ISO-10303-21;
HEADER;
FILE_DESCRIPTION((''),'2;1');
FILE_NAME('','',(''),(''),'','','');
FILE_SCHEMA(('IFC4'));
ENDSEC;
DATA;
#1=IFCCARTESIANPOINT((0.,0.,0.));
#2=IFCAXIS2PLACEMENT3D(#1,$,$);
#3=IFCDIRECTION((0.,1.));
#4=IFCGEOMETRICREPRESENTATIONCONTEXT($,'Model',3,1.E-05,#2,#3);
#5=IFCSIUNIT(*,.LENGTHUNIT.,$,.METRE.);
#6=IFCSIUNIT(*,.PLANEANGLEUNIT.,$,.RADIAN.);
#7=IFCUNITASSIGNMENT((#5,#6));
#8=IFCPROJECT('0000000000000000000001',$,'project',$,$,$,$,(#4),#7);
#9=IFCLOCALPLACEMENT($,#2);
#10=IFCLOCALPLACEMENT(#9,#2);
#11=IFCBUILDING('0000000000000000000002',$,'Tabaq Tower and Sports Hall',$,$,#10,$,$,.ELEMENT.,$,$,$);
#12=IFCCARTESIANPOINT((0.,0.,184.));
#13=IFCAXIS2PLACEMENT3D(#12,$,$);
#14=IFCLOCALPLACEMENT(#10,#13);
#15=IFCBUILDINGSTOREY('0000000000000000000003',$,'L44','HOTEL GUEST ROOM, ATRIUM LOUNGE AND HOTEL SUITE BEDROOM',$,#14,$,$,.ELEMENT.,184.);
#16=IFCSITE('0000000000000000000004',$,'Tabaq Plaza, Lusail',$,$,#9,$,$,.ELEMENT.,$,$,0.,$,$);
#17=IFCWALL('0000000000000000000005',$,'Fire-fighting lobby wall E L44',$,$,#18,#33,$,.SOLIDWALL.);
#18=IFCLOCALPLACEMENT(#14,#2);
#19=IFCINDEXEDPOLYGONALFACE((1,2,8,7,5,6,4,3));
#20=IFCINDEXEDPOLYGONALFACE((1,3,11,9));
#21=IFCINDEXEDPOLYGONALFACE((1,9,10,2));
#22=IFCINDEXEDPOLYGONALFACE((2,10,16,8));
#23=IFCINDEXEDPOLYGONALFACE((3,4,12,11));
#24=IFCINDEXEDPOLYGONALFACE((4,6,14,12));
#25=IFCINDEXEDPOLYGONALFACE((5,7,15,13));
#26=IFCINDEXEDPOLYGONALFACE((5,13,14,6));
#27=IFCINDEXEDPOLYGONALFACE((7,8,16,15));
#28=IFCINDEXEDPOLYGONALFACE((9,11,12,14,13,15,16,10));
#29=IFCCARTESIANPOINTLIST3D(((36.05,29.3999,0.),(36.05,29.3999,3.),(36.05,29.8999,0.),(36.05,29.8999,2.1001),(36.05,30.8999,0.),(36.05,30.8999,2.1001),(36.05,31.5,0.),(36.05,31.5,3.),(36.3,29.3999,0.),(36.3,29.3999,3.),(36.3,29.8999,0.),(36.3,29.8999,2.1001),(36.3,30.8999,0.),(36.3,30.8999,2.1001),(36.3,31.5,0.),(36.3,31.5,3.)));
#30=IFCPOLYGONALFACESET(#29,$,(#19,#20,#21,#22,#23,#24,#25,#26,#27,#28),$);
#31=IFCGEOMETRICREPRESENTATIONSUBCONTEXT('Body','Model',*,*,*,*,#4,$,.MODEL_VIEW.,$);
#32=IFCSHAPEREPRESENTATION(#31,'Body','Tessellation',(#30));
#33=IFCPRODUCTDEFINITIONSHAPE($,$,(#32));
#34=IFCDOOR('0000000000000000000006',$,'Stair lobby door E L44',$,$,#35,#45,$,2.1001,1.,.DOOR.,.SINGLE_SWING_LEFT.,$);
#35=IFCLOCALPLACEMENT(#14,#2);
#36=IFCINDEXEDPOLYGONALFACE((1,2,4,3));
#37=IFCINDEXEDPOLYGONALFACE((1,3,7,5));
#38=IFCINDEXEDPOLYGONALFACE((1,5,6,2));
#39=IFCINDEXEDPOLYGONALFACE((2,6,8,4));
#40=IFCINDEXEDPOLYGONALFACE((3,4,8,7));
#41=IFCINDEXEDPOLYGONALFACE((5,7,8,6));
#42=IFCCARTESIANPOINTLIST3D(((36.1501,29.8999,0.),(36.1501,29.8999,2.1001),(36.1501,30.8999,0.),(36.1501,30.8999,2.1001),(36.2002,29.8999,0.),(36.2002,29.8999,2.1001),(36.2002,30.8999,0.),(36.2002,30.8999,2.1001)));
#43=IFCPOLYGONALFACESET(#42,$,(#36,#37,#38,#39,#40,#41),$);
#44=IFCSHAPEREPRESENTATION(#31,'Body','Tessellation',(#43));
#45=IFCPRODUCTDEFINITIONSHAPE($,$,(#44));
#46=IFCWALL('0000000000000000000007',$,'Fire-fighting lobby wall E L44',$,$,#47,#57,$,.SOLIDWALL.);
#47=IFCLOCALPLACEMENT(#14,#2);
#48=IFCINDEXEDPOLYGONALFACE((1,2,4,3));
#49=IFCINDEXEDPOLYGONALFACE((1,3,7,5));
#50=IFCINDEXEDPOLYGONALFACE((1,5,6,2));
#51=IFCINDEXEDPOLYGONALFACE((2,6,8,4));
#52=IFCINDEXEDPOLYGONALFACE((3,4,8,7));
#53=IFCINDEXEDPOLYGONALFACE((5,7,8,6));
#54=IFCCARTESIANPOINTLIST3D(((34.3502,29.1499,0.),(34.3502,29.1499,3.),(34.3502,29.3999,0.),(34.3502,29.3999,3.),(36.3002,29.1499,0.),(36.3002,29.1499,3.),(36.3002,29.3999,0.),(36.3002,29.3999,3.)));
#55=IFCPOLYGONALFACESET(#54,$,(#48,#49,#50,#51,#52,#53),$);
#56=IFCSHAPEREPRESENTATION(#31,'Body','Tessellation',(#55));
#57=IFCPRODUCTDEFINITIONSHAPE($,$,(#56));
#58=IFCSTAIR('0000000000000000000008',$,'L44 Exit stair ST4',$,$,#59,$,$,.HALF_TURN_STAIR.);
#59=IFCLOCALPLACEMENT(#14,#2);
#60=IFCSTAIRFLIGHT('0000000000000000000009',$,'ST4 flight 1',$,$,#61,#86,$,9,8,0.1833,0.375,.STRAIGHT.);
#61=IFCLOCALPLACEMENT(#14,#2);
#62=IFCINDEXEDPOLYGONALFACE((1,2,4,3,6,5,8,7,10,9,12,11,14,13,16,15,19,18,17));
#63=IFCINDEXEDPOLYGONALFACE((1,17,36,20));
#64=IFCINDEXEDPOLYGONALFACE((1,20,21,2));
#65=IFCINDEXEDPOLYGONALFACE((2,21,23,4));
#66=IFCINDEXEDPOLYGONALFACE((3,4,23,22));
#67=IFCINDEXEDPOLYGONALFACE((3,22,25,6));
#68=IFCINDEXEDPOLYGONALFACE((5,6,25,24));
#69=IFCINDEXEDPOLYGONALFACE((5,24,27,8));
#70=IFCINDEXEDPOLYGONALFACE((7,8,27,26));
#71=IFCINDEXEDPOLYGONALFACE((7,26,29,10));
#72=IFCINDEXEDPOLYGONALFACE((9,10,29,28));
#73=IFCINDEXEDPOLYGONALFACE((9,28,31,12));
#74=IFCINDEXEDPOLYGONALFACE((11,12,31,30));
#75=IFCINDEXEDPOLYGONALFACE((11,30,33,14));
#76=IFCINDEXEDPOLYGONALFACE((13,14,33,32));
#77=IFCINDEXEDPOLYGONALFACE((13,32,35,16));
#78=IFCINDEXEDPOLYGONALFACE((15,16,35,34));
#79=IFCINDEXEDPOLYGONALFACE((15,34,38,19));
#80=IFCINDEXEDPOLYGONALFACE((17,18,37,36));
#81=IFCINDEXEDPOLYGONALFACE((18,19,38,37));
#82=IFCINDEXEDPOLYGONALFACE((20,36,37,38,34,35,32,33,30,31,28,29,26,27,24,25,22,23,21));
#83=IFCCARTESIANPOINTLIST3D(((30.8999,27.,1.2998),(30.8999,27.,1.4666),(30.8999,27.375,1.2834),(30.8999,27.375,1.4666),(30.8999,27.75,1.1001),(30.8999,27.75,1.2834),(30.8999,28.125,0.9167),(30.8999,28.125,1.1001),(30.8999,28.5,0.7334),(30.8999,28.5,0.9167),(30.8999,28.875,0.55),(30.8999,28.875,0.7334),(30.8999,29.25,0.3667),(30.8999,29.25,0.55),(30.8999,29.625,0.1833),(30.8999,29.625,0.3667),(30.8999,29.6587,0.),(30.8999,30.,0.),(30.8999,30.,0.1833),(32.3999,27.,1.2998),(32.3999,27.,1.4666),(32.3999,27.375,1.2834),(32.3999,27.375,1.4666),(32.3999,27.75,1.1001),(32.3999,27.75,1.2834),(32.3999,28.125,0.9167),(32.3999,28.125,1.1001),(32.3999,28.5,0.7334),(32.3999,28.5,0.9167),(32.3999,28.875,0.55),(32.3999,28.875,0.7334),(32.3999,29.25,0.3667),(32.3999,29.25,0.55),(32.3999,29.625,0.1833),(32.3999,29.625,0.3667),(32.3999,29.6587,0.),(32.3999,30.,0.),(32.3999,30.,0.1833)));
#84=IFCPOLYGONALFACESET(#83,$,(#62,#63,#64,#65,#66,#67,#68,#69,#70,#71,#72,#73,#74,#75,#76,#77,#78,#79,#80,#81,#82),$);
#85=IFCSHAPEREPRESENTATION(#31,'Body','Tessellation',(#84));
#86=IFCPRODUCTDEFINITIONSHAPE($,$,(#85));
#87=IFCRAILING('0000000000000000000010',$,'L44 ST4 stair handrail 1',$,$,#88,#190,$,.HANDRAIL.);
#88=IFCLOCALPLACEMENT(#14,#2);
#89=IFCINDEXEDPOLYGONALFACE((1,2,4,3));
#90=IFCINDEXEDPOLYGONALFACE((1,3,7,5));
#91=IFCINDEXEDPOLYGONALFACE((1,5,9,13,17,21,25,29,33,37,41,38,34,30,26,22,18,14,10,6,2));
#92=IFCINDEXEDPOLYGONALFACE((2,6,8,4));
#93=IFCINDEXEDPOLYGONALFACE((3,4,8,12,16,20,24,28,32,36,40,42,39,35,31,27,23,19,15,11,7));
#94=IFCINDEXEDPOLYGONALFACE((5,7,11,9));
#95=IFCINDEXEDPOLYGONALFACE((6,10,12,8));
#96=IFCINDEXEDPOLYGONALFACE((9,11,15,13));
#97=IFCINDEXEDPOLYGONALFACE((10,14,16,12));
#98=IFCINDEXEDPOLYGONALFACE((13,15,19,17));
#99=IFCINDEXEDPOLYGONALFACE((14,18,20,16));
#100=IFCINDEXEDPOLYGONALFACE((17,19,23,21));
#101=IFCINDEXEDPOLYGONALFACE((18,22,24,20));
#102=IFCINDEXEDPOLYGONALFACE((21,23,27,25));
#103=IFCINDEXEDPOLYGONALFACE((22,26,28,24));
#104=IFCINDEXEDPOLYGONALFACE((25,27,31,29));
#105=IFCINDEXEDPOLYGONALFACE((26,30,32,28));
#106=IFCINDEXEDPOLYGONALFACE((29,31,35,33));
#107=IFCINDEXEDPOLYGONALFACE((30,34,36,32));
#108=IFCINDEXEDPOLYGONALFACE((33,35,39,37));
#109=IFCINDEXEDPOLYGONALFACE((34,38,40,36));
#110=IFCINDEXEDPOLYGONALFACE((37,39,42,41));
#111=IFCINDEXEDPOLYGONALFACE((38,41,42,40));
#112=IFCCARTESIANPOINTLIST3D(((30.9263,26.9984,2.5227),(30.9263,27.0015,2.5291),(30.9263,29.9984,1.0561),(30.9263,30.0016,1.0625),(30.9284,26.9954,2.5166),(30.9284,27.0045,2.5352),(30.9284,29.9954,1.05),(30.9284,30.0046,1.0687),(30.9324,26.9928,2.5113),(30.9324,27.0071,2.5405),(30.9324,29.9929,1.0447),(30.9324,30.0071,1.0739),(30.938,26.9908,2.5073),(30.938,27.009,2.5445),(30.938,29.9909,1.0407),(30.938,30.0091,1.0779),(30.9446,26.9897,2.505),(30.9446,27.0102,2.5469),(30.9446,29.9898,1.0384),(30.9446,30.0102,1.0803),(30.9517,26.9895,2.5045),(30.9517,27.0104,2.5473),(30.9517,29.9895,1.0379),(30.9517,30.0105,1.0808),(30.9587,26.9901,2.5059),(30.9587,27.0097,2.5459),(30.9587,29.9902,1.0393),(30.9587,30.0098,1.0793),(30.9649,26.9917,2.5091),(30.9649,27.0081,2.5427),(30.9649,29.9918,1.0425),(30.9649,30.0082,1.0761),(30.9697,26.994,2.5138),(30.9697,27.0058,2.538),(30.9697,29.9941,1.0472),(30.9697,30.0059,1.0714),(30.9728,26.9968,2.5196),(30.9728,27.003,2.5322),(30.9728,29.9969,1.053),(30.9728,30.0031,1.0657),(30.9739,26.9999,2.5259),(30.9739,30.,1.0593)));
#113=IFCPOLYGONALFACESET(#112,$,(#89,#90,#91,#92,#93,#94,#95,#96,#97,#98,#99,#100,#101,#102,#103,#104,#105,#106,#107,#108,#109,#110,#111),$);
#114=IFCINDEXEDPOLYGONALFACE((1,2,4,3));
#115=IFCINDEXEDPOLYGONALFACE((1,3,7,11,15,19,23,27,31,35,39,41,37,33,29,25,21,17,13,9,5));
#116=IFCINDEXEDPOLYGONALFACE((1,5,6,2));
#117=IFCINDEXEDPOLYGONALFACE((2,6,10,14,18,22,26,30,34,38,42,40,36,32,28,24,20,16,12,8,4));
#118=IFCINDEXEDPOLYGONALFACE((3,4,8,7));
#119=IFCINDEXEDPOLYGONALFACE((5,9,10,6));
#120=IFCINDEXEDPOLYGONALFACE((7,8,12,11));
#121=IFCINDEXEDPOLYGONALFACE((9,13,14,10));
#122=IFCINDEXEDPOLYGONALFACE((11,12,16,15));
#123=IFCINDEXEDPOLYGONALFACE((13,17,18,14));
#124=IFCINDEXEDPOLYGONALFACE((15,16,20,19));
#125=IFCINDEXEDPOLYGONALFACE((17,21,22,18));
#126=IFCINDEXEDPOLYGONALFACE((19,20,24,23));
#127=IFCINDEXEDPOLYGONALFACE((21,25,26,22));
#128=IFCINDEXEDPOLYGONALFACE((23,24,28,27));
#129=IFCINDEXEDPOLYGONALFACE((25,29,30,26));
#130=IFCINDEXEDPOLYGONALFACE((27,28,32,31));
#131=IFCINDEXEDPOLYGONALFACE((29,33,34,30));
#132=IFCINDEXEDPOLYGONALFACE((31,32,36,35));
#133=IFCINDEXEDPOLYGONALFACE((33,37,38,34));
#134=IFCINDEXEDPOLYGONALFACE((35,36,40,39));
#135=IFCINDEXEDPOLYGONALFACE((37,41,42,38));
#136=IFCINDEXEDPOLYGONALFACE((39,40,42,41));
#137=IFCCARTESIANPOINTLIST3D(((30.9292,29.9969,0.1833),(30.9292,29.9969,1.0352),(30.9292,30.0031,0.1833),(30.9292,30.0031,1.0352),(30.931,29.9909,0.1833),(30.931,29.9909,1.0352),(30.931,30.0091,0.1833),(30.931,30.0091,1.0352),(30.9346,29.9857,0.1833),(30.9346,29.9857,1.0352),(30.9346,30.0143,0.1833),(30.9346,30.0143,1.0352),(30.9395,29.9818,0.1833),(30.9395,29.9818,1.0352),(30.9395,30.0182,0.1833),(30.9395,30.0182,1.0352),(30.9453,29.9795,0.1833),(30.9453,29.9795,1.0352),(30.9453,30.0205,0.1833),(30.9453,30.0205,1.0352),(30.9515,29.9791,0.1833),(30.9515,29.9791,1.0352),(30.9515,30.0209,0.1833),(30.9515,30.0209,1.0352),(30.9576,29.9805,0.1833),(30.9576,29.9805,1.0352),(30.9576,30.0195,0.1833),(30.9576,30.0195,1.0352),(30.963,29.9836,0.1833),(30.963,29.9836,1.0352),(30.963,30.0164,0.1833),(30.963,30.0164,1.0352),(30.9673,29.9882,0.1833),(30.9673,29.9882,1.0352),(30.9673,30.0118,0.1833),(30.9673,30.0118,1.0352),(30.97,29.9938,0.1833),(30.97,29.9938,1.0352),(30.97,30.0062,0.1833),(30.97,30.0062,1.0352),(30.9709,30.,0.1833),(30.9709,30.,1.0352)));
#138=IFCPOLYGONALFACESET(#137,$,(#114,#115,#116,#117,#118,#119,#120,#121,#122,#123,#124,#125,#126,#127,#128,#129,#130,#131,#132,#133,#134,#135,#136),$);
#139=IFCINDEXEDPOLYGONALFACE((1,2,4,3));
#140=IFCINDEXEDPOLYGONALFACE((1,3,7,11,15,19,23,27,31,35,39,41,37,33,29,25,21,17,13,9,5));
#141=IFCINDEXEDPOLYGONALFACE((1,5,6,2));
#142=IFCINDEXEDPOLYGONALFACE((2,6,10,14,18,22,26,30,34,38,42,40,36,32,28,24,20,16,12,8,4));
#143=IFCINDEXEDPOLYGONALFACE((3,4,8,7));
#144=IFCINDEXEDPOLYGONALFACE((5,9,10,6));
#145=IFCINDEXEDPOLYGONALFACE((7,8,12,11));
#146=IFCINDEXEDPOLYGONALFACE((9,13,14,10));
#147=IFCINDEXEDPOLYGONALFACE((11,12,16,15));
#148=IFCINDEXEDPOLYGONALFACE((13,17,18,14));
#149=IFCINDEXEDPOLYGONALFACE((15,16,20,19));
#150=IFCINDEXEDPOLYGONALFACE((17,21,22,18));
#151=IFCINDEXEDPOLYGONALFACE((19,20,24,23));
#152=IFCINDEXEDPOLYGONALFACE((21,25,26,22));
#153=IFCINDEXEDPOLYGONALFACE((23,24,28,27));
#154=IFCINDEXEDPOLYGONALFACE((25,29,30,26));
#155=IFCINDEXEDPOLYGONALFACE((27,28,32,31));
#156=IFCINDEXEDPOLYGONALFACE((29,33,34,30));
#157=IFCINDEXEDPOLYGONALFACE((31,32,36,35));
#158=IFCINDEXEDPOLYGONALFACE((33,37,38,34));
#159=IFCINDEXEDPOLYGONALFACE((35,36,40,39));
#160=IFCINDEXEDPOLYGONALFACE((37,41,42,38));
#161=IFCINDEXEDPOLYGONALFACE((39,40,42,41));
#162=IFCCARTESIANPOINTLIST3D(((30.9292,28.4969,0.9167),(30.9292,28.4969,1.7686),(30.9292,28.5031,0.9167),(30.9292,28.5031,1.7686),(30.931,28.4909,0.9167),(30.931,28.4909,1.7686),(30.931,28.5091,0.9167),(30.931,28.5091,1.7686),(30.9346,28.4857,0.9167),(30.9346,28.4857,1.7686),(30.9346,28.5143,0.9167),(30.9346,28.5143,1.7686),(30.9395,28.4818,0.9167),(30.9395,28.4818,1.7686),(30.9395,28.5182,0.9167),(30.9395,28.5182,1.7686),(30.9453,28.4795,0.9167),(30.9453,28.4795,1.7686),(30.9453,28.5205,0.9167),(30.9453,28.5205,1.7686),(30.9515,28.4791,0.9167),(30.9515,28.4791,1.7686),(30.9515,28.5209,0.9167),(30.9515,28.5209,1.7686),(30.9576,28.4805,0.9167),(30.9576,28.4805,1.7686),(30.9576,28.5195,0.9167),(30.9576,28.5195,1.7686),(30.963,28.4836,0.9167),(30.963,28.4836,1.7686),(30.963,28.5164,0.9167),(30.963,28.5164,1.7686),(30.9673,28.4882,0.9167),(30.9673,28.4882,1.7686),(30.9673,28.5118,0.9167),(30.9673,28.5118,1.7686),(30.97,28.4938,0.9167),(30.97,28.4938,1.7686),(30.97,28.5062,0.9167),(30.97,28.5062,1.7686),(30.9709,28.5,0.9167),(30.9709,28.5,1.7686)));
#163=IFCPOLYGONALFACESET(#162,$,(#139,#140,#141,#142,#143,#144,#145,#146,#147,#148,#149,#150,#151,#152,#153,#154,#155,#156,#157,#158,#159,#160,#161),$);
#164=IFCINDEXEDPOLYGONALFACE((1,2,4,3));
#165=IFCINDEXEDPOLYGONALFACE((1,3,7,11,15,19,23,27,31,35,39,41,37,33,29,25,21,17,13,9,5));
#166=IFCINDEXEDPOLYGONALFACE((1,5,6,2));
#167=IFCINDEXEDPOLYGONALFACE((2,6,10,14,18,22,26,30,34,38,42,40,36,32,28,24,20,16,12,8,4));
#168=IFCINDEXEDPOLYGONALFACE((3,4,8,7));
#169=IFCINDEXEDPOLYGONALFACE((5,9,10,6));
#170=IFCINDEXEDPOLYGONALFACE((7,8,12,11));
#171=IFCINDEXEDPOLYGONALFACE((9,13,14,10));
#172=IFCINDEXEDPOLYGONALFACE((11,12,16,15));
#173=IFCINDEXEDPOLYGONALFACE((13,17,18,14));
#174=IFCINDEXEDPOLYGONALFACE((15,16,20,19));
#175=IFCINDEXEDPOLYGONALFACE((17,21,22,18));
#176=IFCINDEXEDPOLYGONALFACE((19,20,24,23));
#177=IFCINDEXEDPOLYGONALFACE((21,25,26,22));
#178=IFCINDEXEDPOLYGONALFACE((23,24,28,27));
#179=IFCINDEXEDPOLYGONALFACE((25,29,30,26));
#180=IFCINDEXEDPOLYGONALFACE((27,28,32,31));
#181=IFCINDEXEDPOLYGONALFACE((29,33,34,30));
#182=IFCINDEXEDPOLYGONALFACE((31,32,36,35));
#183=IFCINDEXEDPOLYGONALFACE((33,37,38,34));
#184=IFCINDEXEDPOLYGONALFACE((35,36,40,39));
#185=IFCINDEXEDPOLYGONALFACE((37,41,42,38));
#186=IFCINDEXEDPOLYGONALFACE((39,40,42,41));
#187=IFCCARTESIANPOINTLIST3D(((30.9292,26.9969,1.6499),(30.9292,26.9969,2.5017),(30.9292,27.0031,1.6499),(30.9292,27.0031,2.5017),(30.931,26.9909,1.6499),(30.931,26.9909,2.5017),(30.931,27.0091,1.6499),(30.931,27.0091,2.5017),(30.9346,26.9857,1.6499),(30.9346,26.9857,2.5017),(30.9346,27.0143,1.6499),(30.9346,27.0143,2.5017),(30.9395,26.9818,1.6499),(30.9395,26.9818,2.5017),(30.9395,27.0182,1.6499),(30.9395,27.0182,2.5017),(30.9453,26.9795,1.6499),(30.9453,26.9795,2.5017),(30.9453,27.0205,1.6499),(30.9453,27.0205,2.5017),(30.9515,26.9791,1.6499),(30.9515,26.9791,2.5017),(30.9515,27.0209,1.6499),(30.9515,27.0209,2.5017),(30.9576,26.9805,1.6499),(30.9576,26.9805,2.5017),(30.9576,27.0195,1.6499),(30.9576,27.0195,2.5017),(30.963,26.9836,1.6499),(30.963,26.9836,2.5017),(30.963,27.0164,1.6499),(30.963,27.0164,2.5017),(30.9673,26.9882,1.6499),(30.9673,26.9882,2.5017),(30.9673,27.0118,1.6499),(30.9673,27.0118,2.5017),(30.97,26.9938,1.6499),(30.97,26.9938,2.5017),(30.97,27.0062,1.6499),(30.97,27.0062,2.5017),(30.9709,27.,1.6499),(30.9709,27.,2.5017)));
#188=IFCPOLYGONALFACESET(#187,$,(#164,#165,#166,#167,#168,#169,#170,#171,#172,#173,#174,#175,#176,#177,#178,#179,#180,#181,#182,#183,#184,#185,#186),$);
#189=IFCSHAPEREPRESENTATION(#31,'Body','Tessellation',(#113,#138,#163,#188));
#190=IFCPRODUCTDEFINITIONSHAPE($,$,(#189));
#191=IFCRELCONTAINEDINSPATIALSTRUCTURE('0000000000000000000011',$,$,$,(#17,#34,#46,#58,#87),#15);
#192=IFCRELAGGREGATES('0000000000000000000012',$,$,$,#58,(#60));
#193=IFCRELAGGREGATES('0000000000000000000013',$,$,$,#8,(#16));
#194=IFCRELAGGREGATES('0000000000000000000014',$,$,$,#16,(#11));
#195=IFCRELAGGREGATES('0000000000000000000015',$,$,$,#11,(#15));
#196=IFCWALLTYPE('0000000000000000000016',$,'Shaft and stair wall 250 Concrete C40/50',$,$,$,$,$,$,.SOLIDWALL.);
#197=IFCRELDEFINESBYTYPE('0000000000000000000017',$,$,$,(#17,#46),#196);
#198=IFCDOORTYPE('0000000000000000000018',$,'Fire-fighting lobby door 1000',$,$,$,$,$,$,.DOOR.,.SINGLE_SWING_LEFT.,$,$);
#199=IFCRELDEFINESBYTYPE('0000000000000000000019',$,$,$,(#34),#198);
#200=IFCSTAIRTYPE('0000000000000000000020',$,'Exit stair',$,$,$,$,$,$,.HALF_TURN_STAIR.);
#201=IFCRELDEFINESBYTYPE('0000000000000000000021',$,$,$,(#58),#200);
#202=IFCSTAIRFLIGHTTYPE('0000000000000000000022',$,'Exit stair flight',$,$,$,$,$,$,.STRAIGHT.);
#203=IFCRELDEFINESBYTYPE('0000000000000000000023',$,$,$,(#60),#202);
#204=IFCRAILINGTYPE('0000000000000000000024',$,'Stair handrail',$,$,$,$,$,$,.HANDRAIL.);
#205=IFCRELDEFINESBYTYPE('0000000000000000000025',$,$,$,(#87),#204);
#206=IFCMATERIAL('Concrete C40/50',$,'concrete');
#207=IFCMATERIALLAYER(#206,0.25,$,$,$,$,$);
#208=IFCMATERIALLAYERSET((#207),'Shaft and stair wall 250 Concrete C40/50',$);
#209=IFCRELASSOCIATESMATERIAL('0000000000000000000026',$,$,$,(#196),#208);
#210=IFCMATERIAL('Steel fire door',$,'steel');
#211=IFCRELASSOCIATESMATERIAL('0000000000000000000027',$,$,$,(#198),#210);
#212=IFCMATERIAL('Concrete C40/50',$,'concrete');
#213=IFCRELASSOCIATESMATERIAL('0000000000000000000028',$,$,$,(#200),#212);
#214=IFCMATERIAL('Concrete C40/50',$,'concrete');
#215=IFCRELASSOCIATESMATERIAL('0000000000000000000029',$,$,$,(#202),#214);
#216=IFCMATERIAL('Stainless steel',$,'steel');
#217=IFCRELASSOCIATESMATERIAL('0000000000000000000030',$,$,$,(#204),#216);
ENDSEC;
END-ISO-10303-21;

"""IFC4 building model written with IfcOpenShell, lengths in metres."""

from ifc_helpers import new_model, si_unit, direction, frame, frame_2d, origin, origin_2d, place, context, subcontext, project, spatial, polyline, rectangle, circle, outline, extrude, material, layer, layer_set, type_object, element, fill, aggregate, save


model = new_model("IFC4")

# Units and contexts
model_context = context("Model", 3, precision=1e-05, world=origin(), true_north=direction((0.0, 1.0)))
body_context = subcontext(model_context, "Body", "Model", "MODEL_VIEW")
ifc_project = project(units=[si_unit("LENGTHUNIT", "METRE"), si_unit("PLANEANGLEUNIT", "RADIAN")], contexts=[model_context])

# Site, building, storey
site_placement = place(None, origin())
site = spatial("IfcSite", under=ifc_project, at=site_placement, Name="Tabaq Plaza, Lusail", CompositionType="ELEMENT", RefElevation=0.0)
building_placement = place(site_placement, origin())
building = spatial("IfcBuilding", under=site, at=building_placement, Name="Tabaq Tower and Sports Hall", CompositionType="ELEMENT")
storey_placement = place(building_placement, frame((0.0, 0.0, 184.0)))
storey = spatial("IfcBuildingStorey", under=building, at=storey_placement, Name="L44", Description="HOTEL GUEST ROOM, ATRIUM LOUNGE AND HOTEL SUITE BEDROOM", CompositionType="ELEMENT", Elevation=184.0)

# Wall, opening, door
ifc_material_1 = material(Name="Concrete C40/50", Category="concrete")
ifc_layer_1 = layer(ifc_material_1, 0.25)
ifc_layer_set_1 = layer_set([ifc_layer_1], Name="Shaft and stair wall 250 Concrete C40/50")
wall_type_1 = type_object("IfcWallType", Name="Shaft and stair wall 250 Concrete C40/50", PredefinedType="SOLIDWALL", material=ifc_layer_set_1)
wall_1_placement = place(storey_placement, frame((36.175, 29.3999, 0.0), z_axis=(0.0, 0.0, 1.0), x_axis=(0.0, 1.0, 0.0)))
wall_1 = element("IfcWall", 1, at=wall_1_placement, inside=storey, type_object=wall_type_1, Name="Fire-fighting lobby wall E L44", PredefinedType="SOLIDWALL", context=body_context, shape_type="SweptSolid", body=[
    extrude(rectangle(XDim=2.1001, YDim=0.25, at=frame_2d((1.05, 0.0))), origin(), (0.0, 0.0, 1.0), 3.0),
])
opening_1_placement = place(wall_1_placement, frame((0.5, 0.0, 0.0)))
opening_1 = element("IfcOpeningElement", 2, at=opening_1_placement, cuts=wall_1, PredefinedType="OPENING", context=body_context, shape_type="SweptSolid", body=[
    extrude(rectangle(XDim=1.0, YDim=2.1001, at=frame_2d((0.5, 1.05))), frame((0.0, 0.125, 0.0), z_axis=(0.0, -1.0, 0.0), x_axis=(1.0, 0.0, 0.0)), (0.0, 0.0, 1.0), 0.25),
])
ifc_material_2 = material(Name="Steel fire door", Category="steel")
door_type_1 = type_object("IfcDoorType", Name="Fire-fighting lobby door 1000", OperationType="SINGLE_SWING_LEFT", PredefinedType="DOOR", material=ifc_material_2)
door_1_placement = place(opening_1_placement, origin())
door_1 = element("IfcDoor", 3, at=door_1_placement, inside=storey, type_object=door_type_1, Name="Stair lobby door E L44", OperationType="SINGLE_SWING_LEFT", OverallHeight=2.1001, OverallWidth=1.0, PredefinedType="DOOR", context=body_context, shape_type="SweptSolid", body=[
    extrude(rectangle(XDim=1.0, YDim=2.1001, at=frame_2d((0.5, 1.05))), frame((0.0, 0.0249, 0.0), z_axis=(0.0, -1.0, 0.0), x_axis=(1.0, 0.0, 0.0)), (0.0, 0.0, 1.0), 0.05),
])
fill(opening_1, door_1)

# Wall
wall_2_placement = place(storey_placement, frame((34.3501, 29.2749, 0.0), z_axis=(0.0, 0.0, 1.0), x_axis=(1.0, 0.0, 0.0)))
element("IfcWall", 4, at=wall_2_placement, inside=storey, type_object=wall_type_1, Name="Fire-fighting lobby wall E L44", PredefinedType="SOLIDWALL", context=body_context, shape_type="SweptSolid", body=[
    extrude(rectangle(XDim=1.95, YDim=0.25, at=frame_2d((0.9751, 0.0))), origin(), (0.0, 0.0, 1.0), 3.0),
])

# Stair, stair flight
ifc_material_3 = material(Name="Concrete C40/50", Category="concrete")
stair_type = type_object("IfcStairType", Name="Exit stair", PredefinedType="HALF_TURN_STAIR", material=ifc_material_3)
stair_placement = place(storey_placement, origin())
stair = element("IfcStair", 5, at=stair_placement, inside=storey, type_object=stair_type, Name="L44 Exit stair ST4", PredefinedType="HALF_TURN_STAIR")
ifc_material_4 = material(Name="Concrete C40/50", Category="concrete")
stair_flight_type = type_object("IfcStairFlightType", Name="Exit stair flight", PredefinedType="STRAIGHT", material=ifc_material_4)
stair_flight_placement = place(storey_placement, frame((31.6499, 30.0, 0.0), z_axis=(0.0, 0.0, 1.0), x_axis=(0.0, -1.0, 0.0)))
stair_flight = element("IfcStairFlight", 6, at=stair_flight_placement, type_object=stair_flight_type, Name="ST4 flight 1", NumberOfRisers=9, NumberOfTreads=8, PredefinedType="STRAIGHT", RiserHeight=0.1833, TreadLength=0.375, context=body_context, shape_type="SweptSolid", body=[
    extrude(outline(polyline([(0.0, 0.0), (0.0, 0.1833), (0.375, 0.1833), (0.375, 0.3667), (0.75, 0.3667), (0.75, 0.55), (1.125, 0.55), (1.125, 0.7334), (1.5, 0.7334), (1.5, 0.9167), (1.875, 0.9167), (1.875, 1.1001), (2.25, 1.1001), (2.25, 1.2834), (2.625, 1.2834), (2.625, 1.4666), (3.0, 1.4666), (3.0, 1.6499), (3.0, 1.2998), (0.3413, 0.0), (0.0, 0.0)])), frame((0.0, 0.75, 0.0), z_axis=(0.0, -1.0, 0.0), x_axis=(1.0, 0.0, 0.0)), (0.0, 0.0, 1.0), 1.5),
])
aggregate(stair, [stair_flight])

# Railing
ifc_material_5 = material(Name="Stainless steel", Category="steel")
railing_type_1 = type_object("IfcRailingType", Name="Stair handrail", PredefinedType="HANDRAIL", material=ifc_material_5)
railing_1_placement = place(storey_placement, frame((30.95, 30.0, 0.1833)))
element("IfcRailing", 7, at=railing_1_placement, inside=storey, type_object=railing_type_1, Name="L44 ST4 stair handrail 1", PredefinedType="HANDRAIL", context=body_context, shape_type="SweptSolid", body=[
    extrude(circle(Radius=0.0239, at=origin_2d()), frame((0.0, 0.0, 0.876), z_axis=(0.0, -0.898398, 0.439183), x_axis=(1.0, 0.0, 0.0)), (0.0, 0.0, 1.0), 3.3394),
    extrude(circle(Radius=0.021, at=origin_2d()), origin(), (0.0, 0.0, 1.0), 0.8518),
    extrude(circle(Radius=0.021, at=origin_2d()), frame((0.0, -1.5, 0.7334)), (0.0, 0.0, 1.0), 0.8518),
    extrude(circle(Radius=0.021, at=origin_2d()), frame((0.0, -3.0, 1.4666)), (0.0, 0.0, 1.0), 0.8518),
])

save(model, "model.ifc")
